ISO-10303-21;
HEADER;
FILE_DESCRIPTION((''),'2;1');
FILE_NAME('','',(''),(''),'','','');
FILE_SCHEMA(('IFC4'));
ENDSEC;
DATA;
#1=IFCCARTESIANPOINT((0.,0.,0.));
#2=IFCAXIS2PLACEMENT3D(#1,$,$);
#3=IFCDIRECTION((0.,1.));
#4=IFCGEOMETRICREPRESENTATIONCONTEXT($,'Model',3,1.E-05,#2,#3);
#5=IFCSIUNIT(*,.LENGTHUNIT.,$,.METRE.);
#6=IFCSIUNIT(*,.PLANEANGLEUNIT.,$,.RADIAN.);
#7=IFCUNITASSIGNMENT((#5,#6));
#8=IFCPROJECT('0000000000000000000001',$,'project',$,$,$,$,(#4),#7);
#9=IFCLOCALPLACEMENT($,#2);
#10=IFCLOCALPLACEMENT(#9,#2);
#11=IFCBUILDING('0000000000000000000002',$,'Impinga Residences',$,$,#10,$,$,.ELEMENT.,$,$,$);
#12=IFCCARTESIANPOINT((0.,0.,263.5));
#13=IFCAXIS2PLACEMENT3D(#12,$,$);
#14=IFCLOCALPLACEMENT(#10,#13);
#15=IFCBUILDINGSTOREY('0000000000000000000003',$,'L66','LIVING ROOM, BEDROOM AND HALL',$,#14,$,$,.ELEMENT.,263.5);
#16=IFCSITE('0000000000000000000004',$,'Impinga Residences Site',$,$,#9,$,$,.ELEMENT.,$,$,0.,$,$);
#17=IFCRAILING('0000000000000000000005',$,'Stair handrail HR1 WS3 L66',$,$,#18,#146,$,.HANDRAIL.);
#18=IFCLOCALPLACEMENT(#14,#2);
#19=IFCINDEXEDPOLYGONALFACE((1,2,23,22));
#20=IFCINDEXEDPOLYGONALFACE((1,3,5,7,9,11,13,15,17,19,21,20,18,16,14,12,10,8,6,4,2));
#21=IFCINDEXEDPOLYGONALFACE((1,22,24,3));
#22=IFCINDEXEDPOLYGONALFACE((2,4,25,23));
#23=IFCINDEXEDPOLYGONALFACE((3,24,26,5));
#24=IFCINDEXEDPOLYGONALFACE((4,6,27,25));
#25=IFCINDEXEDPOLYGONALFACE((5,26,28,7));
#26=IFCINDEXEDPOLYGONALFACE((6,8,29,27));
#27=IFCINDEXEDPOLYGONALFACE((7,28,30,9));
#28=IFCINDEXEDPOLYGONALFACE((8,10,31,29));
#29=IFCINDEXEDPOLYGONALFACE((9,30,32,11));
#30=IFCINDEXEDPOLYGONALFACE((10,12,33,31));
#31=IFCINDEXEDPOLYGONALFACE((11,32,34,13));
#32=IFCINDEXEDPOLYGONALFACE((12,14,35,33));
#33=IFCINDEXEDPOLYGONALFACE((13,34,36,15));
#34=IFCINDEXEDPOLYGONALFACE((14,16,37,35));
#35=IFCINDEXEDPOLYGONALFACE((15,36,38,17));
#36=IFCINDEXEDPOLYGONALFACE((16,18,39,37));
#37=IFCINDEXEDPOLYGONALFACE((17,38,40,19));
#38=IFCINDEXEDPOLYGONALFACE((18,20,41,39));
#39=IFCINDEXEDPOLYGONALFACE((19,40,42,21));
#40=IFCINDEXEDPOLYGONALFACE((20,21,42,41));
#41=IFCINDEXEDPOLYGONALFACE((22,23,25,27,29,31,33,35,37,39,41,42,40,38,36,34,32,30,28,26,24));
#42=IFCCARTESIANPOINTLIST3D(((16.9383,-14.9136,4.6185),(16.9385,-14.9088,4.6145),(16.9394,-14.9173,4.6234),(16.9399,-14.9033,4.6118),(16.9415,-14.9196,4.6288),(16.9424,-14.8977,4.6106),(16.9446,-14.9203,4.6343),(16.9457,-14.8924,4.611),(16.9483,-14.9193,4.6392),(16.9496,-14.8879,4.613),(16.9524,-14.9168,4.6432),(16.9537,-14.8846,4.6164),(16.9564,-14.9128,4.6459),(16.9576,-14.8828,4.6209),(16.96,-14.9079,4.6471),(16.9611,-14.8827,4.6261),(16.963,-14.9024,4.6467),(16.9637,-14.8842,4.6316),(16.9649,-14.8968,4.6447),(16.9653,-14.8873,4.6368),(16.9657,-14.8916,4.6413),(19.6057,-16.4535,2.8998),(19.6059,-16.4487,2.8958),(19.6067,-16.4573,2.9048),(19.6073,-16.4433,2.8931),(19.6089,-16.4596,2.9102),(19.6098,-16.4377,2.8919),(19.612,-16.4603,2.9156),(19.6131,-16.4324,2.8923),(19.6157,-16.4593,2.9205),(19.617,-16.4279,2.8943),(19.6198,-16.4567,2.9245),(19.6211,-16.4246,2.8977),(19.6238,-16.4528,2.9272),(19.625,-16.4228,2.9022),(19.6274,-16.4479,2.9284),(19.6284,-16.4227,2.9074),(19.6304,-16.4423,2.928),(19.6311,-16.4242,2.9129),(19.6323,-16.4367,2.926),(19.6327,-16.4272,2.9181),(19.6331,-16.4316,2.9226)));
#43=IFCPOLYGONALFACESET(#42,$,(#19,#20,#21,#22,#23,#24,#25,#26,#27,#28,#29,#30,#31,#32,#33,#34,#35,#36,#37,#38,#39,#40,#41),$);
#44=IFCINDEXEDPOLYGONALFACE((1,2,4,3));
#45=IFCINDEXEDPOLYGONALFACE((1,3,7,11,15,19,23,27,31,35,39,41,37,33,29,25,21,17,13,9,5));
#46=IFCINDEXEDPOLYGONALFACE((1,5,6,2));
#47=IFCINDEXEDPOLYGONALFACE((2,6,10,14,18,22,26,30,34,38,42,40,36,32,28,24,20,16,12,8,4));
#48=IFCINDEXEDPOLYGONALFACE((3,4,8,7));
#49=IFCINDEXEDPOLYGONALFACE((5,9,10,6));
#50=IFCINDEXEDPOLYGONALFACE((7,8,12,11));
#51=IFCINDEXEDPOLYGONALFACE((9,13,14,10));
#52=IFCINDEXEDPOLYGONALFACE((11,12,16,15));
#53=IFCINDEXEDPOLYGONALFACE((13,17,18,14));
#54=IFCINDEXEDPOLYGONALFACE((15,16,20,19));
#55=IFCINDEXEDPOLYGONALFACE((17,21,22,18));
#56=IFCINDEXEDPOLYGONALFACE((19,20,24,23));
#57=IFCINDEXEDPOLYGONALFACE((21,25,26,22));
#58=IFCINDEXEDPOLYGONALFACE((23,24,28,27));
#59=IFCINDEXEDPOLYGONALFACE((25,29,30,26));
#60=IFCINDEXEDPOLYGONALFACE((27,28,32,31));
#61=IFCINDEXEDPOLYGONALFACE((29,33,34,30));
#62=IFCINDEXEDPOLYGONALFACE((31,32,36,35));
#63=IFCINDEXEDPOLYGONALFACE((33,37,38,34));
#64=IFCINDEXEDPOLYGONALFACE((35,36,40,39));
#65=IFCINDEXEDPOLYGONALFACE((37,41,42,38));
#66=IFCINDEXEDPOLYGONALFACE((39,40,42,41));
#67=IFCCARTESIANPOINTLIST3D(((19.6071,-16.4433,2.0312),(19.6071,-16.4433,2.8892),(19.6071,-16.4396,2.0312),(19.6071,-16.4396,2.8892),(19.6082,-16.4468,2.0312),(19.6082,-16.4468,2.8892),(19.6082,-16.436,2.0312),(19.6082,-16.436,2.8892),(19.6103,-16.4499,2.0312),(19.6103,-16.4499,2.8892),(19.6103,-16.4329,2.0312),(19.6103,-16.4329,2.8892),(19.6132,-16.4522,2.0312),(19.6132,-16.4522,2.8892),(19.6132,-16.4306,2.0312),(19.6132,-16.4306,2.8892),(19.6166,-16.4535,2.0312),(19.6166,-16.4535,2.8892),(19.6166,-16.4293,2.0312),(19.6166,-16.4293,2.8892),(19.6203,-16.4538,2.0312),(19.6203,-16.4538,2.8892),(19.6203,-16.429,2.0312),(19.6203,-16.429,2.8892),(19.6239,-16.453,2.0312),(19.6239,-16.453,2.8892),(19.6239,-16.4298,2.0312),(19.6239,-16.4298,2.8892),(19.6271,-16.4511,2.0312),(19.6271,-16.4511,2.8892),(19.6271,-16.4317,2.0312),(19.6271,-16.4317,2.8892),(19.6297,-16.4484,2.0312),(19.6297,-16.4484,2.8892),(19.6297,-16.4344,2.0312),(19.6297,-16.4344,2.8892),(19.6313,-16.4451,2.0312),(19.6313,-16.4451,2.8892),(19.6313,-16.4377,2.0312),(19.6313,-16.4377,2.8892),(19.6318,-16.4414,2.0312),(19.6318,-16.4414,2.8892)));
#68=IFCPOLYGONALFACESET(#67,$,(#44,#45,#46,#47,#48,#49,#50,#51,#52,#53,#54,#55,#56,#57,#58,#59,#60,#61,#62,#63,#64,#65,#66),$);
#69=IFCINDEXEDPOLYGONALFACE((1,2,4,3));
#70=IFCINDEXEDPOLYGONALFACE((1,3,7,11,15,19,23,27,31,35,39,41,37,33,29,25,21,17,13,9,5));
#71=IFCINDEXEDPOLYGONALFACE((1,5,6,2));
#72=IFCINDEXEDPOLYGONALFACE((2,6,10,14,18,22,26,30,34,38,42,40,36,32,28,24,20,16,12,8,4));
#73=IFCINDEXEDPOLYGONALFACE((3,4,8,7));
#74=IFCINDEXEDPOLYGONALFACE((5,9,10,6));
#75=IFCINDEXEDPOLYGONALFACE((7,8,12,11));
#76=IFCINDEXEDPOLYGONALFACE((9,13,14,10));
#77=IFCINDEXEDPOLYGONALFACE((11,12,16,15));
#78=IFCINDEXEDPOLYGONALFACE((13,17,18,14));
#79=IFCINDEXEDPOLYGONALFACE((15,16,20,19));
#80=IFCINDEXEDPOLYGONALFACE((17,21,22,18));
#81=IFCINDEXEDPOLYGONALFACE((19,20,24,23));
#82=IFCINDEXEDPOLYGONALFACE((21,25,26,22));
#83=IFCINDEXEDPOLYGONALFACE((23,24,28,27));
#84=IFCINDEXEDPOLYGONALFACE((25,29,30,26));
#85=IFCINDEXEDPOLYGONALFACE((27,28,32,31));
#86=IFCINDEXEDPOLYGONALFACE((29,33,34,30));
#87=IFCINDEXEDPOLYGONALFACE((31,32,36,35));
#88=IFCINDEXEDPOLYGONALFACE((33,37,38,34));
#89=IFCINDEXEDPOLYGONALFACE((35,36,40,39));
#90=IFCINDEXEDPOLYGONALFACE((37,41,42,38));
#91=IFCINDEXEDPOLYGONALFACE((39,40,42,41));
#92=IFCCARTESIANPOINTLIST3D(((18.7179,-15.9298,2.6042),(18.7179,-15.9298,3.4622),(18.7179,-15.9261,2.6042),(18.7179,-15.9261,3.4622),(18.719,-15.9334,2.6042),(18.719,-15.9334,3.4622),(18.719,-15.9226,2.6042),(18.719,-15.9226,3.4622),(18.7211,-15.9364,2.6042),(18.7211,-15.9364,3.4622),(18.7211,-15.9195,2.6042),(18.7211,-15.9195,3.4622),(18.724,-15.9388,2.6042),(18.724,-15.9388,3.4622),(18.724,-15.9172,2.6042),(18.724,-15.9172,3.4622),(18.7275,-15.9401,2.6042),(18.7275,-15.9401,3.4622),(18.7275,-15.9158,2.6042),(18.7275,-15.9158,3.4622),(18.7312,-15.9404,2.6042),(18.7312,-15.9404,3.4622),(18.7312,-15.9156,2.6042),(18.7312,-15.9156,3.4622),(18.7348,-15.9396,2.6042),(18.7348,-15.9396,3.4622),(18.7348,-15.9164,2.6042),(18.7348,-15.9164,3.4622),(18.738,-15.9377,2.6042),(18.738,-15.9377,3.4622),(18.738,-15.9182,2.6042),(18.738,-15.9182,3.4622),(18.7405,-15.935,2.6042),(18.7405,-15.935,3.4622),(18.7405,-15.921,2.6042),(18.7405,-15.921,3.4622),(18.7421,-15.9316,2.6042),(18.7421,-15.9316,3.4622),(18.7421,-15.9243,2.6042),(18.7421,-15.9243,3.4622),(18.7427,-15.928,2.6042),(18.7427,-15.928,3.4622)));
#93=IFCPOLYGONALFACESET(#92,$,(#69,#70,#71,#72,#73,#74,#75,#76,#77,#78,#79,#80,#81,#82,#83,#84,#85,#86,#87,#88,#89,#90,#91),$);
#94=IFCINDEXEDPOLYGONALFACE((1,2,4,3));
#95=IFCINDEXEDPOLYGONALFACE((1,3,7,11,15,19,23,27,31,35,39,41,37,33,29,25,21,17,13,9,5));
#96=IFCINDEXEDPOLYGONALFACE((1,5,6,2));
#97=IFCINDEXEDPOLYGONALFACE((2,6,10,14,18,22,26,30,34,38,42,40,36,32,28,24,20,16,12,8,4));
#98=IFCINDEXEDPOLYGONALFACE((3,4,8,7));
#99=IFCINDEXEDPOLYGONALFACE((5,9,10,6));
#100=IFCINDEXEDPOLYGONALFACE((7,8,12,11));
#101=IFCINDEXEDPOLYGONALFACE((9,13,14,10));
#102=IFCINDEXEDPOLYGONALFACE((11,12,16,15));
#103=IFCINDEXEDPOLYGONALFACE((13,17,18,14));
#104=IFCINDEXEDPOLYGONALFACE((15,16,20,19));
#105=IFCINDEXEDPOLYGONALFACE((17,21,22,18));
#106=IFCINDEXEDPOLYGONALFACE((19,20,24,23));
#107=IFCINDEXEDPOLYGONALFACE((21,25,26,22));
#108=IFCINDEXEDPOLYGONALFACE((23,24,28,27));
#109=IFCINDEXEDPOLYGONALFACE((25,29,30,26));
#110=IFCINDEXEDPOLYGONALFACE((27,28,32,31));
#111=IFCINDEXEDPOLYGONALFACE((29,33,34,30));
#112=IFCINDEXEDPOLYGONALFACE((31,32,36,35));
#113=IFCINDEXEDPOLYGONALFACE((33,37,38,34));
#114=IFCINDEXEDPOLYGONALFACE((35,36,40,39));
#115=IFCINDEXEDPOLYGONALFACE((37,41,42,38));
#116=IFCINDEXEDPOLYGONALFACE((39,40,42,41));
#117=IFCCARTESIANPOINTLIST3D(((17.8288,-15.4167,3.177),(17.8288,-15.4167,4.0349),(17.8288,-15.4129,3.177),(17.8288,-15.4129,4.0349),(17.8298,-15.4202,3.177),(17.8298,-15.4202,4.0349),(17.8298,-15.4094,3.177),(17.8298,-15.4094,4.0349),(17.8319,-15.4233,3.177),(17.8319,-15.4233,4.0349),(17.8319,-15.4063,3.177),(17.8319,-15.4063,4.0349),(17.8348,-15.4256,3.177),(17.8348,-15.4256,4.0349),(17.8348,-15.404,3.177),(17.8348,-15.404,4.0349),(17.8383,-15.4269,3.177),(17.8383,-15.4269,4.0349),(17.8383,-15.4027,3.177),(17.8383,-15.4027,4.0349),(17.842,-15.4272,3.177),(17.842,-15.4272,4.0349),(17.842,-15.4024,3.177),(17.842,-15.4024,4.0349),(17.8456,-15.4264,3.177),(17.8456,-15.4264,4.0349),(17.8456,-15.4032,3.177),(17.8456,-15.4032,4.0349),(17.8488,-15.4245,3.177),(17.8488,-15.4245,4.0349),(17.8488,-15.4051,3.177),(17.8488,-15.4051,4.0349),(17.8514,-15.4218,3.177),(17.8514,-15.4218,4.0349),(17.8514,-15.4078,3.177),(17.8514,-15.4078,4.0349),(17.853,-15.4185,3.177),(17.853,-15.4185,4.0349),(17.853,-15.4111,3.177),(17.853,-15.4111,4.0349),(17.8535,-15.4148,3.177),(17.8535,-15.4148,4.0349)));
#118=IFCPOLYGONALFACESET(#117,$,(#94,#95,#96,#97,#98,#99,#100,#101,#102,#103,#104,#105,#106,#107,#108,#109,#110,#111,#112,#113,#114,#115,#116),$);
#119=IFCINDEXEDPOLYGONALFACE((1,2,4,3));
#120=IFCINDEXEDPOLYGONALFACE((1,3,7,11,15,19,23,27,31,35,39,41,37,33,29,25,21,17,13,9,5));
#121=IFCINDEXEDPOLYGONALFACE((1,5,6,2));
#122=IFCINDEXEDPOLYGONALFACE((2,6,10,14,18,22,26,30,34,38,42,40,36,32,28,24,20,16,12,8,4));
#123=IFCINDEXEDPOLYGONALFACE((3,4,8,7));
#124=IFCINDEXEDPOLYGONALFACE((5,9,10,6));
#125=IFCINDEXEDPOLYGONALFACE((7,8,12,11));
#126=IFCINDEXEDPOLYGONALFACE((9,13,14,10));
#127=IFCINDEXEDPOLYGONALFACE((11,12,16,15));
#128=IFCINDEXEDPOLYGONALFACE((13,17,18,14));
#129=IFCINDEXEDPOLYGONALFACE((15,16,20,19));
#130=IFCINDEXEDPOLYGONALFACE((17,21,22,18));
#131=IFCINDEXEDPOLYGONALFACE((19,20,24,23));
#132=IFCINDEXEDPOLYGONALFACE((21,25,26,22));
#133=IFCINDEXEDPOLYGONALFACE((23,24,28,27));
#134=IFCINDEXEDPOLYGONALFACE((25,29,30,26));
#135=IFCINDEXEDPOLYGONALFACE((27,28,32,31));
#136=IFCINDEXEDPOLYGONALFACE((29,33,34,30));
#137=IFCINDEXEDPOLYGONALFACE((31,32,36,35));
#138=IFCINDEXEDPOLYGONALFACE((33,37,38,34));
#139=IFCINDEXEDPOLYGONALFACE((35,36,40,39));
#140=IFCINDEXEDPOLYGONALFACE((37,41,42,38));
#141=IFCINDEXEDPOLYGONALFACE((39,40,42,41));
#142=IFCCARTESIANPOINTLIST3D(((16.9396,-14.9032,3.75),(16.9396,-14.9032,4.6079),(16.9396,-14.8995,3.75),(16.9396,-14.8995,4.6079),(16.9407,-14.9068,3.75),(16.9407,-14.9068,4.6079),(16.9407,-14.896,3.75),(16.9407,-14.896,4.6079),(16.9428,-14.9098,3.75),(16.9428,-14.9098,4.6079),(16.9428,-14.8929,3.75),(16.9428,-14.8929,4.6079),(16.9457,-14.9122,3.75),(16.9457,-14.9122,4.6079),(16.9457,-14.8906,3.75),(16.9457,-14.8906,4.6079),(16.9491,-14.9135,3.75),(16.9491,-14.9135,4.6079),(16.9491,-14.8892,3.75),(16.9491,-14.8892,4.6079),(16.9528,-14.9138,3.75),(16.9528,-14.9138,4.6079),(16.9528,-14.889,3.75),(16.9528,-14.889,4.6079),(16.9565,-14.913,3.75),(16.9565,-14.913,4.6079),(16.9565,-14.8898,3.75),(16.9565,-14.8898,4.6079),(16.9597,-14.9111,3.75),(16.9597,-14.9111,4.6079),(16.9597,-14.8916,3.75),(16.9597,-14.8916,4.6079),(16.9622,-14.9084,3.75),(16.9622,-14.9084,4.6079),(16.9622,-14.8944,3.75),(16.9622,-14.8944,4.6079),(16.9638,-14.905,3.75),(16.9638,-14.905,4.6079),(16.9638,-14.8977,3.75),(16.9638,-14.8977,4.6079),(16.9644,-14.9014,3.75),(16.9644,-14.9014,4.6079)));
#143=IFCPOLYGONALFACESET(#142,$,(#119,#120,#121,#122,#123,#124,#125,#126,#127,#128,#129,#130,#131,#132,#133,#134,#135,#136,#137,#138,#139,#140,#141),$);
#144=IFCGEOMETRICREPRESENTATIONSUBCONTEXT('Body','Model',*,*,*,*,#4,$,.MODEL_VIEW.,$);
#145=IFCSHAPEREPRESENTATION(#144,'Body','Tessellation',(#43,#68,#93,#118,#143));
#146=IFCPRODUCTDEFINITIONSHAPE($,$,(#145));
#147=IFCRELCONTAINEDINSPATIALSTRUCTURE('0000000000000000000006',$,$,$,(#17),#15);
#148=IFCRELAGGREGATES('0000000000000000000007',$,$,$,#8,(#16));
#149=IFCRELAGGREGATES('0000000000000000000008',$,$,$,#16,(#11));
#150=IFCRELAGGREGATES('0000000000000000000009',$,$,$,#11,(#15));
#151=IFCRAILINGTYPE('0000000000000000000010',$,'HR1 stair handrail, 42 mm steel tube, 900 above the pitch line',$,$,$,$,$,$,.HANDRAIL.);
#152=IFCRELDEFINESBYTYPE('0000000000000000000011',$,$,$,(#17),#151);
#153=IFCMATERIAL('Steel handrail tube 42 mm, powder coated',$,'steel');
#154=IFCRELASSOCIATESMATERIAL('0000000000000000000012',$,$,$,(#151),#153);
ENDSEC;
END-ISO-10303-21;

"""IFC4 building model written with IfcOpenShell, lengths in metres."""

from ifc_helpers import new_model, si_unit, direction, frame, origin, origin_2d, place, context, subcontext, project, spatial, circle, extrude, material, type_object, element, save


model = new_model("IFC4")

# Units and contexts
model_context = context("Model", 3, precision=1e-05, world=origin(), true_north=direction((0.0, 1.0)))
body_context = subcontext(model_context, "Body", "Model", "MODEL_VIEW")
ifc_project = project(units=[si_unit("LENGTHUNIT", "METRE"), si_unit("PLANEANGLEUNIT", "RADIAN")], contexts=[model_context])

# Site, building, storey
site_placement = place(None, origin())
site = spatial("IfcSite", under=ifc_project, at=site_placement, Name="Impinga Residences Site", CompositionType="ELEMENT", RefElevation=0.0)
building_placement = place(site_placement, origin())
building = spatial("IfcBuilding", under=site, at=building_placement, Name="Impinga Residences", CompositionType="ELEMENT")
storey_placement = place(building_placement, frame((0.0, 0.0, 263.5)))
storey = spatial("IfcBuildingStorey", under=building, at=storey_placement, Name="L66", Description="LIVING ROOM, BEDROOM AND HALL", CompositionType="ELEMENT", Elevation=263.5)

# Railing
ifc_material_1 = material(Name="Steel handrail tube 42 mm, powder coated", Category="steel")
railing_type_1 = type_object("IfcRailingType", Name="HR1 stair handrail, 42 mm steel tube, 900 above the pitch line", PredefinedType="HANDRAIL", material=ifc_material_1)
railing_1_placement = place(storey_placement, frame((19.6194, -16.4414, 2.0312)))
element("IfcRailing", 1, at=railing_1_placement, inside=storey, type_object=railing_type_1, Name="Stair handrail HR1 WS3 L66", PredefinedType="HANDRAIL", context=body_context, shape_type="SweptSolid", body=[
    extrude(circle(Radius=0.021, at=origin_2d()), frame((0.0, 0.0, 0.8789), z_axis=(-0.756256, 0.436616, 0.487282), x_axis=(-0.499992, -0.86603, 0.0)), (0.0, 0.0, 1.0), 3.5271),
    extrude(circle(Radius=0.0125, at=origin_2d()), origin(), (0.0, 0.0, 1.0), 0.8579),
    extrude(circle(Radius=0.0125, at=origin_2d()), frame((-0.8892, 0.5134, 0.573)), (0.0, 0.0, 1.0), 0.8579),
    extrude(circle(Radius=0.0125, at=origin_2d()), frame((-1.7783, 1.0266, 1.1458)), (0.0, 0.0, 1.0), 0.8579),
    extrude(circle(Radius=0.0125, at=origin_2d()), frame((-2.6675, 1.54, 1.7188)), (0.0, 0.0, 1.0), 0.8579),
])

save(model, "model.ifc")
